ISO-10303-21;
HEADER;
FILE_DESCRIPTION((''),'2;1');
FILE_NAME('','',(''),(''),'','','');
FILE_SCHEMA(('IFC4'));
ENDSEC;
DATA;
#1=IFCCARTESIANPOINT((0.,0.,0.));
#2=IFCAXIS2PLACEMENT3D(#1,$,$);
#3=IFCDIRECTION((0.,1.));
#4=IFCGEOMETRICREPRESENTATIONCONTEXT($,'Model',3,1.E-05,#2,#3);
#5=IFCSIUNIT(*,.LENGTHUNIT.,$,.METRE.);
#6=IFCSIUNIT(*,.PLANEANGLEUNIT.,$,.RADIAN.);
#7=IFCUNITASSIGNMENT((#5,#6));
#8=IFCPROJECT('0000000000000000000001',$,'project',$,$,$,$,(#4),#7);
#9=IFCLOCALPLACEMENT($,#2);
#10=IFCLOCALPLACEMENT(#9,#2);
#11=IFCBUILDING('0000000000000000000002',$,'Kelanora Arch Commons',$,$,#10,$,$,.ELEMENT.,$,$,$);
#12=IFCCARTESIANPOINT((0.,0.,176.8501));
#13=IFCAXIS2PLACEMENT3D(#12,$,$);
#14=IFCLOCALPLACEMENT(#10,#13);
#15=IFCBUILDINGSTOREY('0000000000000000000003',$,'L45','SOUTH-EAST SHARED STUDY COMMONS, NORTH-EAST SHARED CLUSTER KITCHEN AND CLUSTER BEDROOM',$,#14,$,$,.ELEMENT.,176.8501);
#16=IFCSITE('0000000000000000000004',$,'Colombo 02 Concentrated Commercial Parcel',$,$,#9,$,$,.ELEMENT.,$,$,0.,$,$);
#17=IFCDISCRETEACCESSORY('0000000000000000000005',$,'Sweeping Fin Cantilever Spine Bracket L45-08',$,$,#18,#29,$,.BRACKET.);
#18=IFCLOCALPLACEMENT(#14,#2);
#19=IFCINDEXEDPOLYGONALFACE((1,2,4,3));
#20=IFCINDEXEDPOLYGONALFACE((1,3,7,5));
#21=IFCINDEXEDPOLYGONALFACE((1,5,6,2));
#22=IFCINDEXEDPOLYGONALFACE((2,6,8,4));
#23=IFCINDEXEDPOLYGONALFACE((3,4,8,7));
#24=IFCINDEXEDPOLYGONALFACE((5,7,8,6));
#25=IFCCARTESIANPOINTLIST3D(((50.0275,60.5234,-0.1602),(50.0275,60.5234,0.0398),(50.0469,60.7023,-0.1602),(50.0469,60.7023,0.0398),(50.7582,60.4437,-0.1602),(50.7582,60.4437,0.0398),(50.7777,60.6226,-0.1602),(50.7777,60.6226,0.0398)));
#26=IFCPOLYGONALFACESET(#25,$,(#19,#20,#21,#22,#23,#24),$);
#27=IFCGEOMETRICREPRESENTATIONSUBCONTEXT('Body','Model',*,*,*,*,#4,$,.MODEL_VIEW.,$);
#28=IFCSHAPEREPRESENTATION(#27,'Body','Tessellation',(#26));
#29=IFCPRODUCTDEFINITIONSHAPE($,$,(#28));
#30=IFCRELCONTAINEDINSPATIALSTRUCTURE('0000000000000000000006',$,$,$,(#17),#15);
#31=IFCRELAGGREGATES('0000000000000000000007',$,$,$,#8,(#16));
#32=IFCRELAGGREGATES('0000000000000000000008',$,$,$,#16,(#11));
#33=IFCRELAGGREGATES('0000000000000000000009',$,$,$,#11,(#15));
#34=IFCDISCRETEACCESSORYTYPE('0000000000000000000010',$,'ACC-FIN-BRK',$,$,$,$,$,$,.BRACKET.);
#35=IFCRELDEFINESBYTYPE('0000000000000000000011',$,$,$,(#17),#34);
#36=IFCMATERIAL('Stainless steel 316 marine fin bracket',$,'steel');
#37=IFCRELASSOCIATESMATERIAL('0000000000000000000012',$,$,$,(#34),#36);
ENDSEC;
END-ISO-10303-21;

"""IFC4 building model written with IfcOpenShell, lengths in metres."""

from ifc_helpers import new_model, si_unit, direction, frame, origin, origin_2d, place, context, subcontext, project, spatial, rectangle, extrude, source, transform, mapped, material, type_object, element, save


model = new_model("IFC4")

# Units and contexts
model_context = context("Model", 3, precision=1e-05, world=origin(), true_north=direction((0.0, 1.0)))
body_context = subcontext(model_context, "Body", "Model", "MODEL_VIEW")
ifc_project = project(units=[si_unit("LENGTHUNIT", "METRE"), si_unit("PLANEANGLEUNIT", "RADIAN")], contexts=[model_context])

# Site, building, storey
site_placement = place(None, origin())
site = spatial("IfcSite", under=ifc_project, at=site_placement, Name="Colombo 02 Concentrated Commercial Parcel", CompositionType="ELEMENT", RefElevation=0.0)
building_placement = place(site_placement, origin())
building = spatial("IfcBuilding", under=site, at=building_placement, Name="Kelanora Arch Commons", CompositionType="ELEMENT")
storey_placement = place(building_placement, frame((0.0, 0.0, 176.8501)))
storey = spatial("IfcBuildingStorey", under=building, at=storey_placement, Name="L45", Description="SOUTH-EAST SHARED STUDY COMMONS, NORTH-EAST SHARED CLUSTER KITCHEN AND CLUSTER BEDROOM", CompositionType="ELEMENT", Elevation=176.8501)

# Discrete accessory
ifc_material_1 = material(Name="Stainless steel 316 marine fin bracket", Category="steel")
discrete_accessory_type = type_object("IfcDiscreteAccessoryType", Name="ACC-FIN-BRK", PredefinedType="BRACKET", material=ifc_material_1)
shared_shape_1 = source(origin(), body_context, "Body", "SweptSolid", [
    extrude(rectangle(XDim=0.7351, YDim=0.1799, at=origin_2d()), origin(), (0.0, 0.0, 1.0), 0.2),
])
discrete_accessory_placement = place(storey_placement, frame((50.4026, 60.573, -0.1602), z_axis=(0.0, 0.0, 1.0), x_axis=(-0.994113, 0.108346, 0.0)))
element("IfcDiscreteAccessory", 1, at=discrete_accessory_placement, inside=storey, type_object=discrete_accessory_type, Name="Sweeping Fin Cantilever Spine Bracket L45-08", PredefinedType="BRACKET", context=body_context, shape_type="MappedRepresentation", body=[
    mapped(shared_shape_1, transform((0.0, 0.0, 0.0), scale=1.0)),
])

save(model, "model.ifc")
